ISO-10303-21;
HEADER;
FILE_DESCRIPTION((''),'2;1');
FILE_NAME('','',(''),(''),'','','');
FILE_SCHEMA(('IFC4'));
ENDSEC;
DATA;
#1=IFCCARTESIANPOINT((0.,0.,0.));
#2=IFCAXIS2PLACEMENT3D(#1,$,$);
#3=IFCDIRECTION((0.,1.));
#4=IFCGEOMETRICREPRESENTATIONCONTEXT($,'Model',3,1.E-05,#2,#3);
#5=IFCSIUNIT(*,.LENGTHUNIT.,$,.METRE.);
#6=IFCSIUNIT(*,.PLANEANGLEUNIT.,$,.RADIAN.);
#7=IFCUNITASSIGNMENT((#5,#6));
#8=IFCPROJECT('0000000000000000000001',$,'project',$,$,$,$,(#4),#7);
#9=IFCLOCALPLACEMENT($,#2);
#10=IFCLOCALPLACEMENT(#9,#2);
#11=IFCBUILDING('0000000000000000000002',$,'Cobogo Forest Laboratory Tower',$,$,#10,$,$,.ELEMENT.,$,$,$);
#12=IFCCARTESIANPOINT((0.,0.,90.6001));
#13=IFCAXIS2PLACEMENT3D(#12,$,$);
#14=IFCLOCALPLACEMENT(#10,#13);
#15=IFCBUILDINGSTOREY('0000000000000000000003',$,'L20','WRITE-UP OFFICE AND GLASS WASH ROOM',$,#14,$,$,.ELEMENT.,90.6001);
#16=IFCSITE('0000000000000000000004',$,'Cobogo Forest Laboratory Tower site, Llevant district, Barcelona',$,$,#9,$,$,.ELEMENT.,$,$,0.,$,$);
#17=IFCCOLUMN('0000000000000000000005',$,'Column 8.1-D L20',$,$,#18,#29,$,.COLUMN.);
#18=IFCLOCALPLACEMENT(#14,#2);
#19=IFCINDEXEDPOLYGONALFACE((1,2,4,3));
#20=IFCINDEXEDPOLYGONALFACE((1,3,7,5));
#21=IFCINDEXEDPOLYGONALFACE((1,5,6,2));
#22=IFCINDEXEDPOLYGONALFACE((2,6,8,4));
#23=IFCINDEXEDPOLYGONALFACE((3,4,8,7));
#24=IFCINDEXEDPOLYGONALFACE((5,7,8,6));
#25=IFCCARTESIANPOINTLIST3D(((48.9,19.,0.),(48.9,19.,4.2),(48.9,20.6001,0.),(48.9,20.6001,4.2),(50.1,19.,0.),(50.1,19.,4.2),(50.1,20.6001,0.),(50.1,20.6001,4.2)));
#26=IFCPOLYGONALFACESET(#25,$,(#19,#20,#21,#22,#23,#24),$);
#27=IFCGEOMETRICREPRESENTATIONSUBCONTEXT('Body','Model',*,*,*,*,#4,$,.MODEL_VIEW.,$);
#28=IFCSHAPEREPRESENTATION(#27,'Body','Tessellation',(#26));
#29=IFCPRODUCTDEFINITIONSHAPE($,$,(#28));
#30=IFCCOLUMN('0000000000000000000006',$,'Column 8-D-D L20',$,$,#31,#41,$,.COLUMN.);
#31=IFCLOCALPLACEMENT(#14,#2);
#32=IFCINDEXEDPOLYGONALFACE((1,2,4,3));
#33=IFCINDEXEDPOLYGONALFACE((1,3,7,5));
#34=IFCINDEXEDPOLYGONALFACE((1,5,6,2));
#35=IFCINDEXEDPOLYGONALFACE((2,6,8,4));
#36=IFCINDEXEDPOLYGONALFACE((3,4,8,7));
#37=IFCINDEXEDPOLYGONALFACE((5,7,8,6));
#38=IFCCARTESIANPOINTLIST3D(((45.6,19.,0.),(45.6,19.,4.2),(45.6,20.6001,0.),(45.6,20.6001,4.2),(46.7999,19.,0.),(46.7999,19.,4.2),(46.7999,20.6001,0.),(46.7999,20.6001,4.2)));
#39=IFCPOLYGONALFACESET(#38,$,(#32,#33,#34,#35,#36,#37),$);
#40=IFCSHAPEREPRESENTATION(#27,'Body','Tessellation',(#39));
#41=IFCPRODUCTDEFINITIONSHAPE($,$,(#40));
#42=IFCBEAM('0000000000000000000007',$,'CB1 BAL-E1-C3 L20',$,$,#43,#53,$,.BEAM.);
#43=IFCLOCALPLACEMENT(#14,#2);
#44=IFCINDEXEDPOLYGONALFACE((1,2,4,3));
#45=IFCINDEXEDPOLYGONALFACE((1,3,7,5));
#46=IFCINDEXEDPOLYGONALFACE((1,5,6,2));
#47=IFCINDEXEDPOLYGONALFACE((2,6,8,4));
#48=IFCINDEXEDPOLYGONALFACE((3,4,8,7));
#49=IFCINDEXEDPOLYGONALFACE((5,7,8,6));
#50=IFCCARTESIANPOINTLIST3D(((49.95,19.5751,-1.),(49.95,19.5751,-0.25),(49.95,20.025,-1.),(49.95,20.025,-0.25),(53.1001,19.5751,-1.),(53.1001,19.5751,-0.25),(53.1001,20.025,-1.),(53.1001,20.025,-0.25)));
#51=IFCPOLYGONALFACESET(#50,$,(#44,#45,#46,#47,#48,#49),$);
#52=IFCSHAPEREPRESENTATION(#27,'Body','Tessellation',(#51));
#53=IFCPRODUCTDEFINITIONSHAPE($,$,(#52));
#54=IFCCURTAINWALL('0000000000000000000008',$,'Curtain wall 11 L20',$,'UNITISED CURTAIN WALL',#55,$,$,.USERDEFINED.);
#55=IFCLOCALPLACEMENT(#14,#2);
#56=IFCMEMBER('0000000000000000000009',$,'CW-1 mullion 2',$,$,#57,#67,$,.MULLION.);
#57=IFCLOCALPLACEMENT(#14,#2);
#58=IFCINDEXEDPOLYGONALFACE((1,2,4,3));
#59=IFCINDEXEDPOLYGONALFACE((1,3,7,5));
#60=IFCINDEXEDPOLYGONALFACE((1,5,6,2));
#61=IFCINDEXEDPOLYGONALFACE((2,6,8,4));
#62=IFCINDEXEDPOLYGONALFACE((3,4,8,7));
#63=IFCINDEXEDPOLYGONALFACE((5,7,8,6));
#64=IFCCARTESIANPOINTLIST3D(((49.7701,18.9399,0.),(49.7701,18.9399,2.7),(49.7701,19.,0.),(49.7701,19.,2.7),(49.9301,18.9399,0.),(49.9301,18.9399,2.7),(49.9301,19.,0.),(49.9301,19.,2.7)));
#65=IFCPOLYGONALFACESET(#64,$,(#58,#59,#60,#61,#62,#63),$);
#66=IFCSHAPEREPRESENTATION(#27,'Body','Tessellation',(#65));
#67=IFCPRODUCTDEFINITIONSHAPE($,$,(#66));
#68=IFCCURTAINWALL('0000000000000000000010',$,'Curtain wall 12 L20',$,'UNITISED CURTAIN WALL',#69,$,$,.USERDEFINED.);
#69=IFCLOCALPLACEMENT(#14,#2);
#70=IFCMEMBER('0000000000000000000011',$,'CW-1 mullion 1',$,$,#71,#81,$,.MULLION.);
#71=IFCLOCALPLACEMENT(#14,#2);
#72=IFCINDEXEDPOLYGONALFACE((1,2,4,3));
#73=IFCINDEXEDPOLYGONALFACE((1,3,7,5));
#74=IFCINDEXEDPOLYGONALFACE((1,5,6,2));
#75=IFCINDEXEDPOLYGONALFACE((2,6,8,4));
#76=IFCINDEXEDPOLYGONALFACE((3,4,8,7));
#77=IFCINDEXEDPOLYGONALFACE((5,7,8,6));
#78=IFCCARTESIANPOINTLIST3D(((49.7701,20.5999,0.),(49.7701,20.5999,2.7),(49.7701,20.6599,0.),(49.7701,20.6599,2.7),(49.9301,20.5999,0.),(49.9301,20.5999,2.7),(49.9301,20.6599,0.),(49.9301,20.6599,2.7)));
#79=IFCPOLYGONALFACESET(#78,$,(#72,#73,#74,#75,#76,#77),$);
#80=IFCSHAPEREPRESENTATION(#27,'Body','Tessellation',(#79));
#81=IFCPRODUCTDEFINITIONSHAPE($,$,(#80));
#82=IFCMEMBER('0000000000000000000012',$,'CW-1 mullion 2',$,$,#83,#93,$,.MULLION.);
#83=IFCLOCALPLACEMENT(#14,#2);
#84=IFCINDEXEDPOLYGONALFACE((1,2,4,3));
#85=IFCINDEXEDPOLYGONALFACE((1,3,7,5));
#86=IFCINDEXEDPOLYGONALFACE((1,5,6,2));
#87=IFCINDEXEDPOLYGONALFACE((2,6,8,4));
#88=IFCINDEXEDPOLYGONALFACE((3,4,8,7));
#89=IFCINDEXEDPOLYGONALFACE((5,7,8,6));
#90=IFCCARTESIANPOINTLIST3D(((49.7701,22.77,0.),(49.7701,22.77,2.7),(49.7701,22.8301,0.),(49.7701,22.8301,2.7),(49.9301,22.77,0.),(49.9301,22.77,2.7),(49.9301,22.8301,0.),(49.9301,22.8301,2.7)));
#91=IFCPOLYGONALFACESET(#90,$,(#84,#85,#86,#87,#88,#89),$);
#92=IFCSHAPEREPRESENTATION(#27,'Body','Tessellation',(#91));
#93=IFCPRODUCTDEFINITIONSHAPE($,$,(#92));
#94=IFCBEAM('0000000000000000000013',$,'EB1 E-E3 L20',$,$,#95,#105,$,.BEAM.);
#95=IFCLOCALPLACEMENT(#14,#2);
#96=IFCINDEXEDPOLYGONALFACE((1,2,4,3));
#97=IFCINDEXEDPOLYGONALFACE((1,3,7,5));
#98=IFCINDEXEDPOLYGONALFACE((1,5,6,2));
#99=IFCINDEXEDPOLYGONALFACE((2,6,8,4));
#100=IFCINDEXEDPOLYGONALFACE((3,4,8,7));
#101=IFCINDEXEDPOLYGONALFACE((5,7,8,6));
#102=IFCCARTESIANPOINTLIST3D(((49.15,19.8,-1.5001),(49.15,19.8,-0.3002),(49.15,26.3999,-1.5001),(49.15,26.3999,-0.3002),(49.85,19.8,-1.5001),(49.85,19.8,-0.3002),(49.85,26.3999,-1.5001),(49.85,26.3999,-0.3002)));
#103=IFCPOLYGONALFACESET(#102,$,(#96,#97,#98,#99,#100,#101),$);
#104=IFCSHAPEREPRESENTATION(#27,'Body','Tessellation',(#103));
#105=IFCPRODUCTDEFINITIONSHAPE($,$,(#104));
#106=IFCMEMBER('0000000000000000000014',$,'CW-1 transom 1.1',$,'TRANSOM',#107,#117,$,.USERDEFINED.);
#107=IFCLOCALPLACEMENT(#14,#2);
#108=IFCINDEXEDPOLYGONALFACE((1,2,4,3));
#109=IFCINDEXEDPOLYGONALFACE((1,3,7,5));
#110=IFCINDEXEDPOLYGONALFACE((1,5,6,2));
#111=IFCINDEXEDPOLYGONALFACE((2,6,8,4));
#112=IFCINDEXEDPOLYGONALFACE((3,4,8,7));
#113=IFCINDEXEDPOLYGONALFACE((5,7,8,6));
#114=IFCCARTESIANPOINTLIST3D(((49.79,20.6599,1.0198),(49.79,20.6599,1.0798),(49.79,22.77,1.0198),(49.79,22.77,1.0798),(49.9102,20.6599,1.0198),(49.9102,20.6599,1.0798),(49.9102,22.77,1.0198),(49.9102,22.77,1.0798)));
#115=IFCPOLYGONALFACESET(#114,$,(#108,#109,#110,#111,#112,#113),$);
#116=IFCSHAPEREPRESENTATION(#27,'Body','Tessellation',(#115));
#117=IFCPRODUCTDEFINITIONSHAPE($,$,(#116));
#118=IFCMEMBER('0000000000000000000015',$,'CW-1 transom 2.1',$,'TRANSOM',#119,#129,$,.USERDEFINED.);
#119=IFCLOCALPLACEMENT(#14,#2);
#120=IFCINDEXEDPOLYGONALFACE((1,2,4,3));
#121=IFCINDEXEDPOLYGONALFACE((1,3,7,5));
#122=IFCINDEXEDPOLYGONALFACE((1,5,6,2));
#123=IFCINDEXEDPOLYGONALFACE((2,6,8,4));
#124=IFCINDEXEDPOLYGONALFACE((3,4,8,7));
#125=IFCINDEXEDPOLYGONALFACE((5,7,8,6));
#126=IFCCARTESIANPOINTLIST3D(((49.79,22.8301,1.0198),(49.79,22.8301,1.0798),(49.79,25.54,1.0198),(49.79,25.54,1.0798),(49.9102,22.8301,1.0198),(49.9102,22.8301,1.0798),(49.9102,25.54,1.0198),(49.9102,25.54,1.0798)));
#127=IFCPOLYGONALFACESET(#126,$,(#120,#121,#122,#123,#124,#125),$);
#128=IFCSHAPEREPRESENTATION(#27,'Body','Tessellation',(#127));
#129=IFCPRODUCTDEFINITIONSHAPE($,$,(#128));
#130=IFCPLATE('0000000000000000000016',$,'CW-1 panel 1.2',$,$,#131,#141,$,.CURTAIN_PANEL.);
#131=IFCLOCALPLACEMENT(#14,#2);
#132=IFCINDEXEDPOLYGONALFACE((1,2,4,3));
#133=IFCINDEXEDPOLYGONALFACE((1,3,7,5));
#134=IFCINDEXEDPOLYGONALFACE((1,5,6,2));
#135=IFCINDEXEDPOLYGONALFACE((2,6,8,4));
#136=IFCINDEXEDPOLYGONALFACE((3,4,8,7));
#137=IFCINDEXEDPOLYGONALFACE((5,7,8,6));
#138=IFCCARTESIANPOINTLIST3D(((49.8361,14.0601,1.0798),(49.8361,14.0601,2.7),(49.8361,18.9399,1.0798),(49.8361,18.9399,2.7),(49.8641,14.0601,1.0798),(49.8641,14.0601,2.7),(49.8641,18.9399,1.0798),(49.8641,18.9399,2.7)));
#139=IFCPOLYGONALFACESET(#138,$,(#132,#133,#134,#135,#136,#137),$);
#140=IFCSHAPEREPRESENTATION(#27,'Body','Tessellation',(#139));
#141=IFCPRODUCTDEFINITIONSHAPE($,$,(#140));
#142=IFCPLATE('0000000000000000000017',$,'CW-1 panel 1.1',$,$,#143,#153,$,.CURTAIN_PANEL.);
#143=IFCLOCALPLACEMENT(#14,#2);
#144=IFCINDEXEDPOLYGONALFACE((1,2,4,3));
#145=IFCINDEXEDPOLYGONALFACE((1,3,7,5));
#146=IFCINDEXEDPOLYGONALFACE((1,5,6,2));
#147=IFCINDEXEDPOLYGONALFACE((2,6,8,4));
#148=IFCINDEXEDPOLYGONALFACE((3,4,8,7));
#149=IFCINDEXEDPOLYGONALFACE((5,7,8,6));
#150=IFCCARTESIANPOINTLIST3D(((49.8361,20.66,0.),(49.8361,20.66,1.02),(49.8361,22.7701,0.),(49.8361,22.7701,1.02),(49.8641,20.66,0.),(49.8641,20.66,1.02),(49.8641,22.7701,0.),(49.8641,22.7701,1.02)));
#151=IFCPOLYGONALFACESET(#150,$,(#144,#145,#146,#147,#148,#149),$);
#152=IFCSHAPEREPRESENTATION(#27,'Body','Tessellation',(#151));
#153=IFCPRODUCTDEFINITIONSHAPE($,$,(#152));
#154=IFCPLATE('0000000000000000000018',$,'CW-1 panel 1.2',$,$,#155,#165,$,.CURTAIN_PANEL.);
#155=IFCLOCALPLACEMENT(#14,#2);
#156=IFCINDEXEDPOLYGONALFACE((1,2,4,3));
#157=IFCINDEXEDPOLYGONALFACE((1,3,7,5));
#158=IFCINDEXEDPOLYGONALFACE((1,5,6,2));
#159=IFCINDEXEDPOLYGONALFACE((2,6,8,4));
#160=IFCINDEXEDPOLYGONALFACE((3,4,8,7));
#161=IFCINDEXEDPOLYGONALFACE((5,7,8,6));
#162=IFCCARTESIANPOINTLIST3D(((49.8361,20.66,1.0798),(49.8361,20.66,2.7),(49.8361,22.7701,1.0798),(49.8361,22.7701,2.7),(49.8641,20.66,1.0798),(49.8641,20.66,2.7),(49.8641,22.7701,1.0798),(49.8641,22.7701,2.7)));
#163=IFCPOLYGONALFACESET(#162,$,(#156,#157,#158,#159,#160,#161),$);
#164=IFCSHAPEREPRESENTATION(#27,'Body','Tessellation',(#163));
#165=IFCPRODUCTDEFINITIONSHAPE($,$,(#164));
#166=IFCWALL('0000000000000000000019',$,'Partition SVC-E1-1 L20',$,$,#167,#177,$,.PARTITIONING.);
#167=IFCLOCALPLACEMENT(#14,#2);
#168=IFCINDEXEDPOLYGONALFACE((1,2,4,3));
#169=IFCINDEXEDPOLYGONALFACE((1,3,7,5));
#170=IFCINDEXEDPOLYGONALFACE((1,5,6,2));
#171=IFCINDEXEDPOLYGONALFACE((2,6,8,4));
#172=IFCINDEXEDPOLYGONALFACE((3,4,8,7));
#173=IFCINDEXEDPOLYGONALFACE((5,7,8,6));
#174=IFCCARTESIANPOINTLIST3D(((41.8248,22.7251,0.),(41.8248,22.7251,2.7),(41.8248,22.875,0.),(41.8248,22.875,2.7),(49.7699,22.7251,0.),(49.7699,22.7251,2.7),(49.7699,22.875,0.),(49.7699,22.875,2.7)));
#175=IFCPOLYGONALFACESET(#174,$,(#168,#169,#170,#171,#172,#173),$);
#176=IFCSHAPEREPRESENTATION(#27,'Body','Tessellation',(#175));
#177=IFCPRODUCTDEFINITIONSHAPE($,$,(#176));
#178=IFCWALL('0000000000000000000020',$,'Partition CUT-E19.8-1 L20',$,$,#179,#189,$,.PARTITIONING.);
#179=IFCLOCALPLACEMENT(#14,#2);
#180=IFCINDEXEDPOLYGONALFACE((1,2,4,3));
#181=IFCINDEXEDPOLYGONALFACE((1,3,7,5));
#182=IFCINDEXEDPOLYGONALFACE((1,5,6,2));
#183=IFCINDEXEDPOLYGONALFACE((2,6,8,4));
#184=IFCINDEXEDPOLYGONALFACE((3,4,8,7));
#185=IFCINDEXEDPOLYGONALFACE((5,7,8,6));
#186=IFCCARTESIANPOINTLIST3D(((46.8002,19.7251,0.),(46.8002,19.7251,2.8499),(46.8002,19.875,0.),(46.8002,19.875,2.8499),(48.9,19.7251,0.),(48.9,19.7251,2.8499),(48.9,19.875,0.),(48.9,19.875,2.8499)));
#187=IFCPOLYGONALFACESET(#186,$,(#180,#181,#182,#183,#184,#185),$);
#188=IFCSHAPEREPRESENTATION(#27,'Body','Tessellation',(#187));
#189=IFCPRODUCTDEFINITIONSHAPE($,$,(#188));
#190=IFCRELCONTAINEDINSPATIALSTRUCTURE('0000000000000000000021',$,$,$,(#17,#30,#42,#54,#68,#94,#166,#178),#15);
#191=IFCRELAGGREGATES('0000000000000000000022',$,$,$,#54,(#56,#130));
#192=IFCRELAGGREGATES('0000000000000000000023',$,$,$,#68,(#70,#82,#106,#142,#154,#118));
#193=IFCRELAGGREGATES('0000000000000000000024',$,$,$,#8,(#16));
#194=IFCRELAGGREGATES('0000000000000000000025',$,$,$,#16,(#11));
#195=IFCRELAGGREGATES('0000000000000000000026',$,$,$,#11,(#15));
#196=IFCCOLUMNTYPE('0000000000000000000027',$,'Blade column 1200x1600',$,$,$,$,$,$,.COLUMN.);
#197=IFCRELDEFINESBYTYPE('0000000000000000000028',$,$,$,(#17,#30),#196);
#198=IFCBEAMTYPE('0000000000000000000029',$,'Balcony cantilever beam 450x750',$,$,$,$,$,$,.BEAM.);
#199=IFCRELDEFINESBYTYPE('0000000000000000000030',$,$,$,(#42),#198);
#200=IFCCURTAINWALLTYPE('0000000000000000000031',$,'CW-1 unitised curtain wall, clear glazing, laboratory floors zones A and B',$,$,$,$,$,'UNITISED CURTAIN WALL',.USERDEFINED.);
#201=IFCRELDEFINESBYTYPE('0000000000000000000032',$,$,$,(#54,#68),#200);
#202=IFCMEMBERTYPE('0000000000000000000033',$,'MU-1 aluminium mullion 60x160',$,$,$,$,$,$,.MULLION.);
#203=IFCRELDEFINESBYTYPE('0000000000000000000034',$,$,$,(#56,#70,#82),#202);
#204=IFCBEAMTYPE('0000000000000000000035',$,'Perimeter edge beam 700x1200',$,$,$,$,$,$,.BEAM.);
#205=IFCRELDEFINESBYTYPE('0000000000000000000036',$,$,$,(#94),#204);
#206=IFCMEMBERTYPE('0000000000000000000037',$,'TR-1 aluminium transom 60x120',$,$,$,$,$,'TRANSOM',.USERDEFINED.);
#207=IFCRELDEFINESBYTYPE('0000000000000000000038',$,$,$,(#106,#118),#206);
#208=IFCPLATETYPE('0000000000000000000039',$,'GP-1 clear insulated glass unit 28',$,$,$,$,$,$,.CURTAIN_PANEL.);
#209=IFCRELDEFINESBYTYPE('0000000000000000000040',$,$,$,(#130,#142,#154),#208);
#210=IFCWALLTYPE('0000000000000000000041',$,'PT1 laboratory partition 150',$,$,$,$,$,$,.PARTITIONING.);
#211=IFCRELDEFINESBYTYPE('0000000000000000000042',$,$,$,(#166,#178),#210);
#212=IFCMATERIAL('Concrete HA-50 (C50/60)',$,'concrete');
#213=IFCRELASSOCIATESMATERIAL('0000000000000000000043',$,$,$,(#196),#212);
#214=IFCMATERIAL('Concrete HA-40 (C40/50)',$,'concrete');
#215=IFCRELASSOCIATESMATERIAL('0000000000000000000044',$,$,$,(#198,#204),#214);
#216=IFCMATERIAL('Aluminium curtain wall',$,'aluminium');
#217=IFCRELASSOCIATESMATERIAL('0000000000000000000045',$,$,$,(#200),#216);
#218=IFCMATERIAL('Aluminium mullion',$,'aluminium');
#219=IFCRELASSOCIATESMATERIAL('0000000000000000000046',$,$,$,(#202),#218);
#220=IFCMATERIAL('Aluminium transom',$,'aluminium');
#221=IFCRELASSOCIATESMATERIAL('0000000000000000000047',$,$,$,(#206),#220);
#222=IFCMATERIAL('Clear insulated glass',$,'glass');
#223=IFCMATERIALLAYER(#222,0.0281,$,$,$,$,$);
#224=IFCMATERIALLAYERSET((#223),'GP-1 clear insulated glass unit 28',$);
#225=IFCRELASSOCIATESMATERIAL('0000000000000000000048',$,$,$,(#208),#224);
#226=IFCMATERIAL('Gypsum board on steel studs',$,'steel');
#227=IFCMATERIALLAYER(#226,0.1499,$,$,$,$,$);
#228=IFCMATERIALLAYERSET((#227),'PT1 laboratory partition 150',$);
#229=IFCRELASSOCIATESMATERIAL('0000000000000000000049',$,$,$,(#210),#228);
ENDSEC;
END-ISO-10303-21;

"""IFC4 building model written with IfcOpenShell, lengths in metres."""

from ifc_helpers import new_model, si_unit, direction, frame, frame_2d, origin, origin_2d, place, context, subcontext, project, spatial, rectangle, extrude, material, layer, layer_set, material_profile, profile_set, type_object, element, aggregate, save


model = new_model("IFC4")

# Units and contexts
model_context = context("Model", 3, precision=1e-05, world=origin(), true_north=direction((0.0, 1.0)))
body_context = subcontext(model_context, "Body", "Model", "MODEL_VIEW")
ifc_project = project(units=[si_unit("LENGTHUNIT", "METRE"), si_unit("PLANEANGLEUNIT", "RADIAN")], contexts=[model_context])

# Site, building, storey
site_placement = place(None, origin())
site = spatial("IfcSite", under=ifc_project, at=site_placement, Name="Cobogo Forest Laboratory Tower site, Llevant district, Barcelona", CompositionType="ELEMENT", RefElevation=0.0)
building_placement = place(site_placement, origin())
building = spatial("IfcBuilding", under=site, at=building_placement, Name="Cobogo Forest Laboratory Tower", CompositionType="ELEMENT")
storey_placement = place(building_placement, frame((0.0, 0.0, 90.6001)))
storey = spatial("IfcBuildingStorey", under=building, at=storey_placement, Name="L20", Description="WRITE-UP OFFICE AND GLASS WASH ROOM", CompositionType="ELEMENT", Elevation=90.6001)

# Columns
ifc_material_1 = material(Name="Concrete HA-50 (C50/60)", Category="concrete")
ifc_material_profile_1 = material_profile(ifc_material_1, rectangle(XDim=1.6001, YDim=1.2, at=origin_2d()), Name="RC 1200x1600")
ifc_profile_set_1 = profile_set([ifc_material_profile_1], Name="Concrete HA-50 (C50/60)")
column_type = type_object("IfcColumnType", Name="Blade column 1200x1600", PredefinedType="COLUMN", material=ifc_profile_set_1)
for number, where, z_axis, x_axis, name in (
    (1, (49.5, 19.8, 0.0), (0.0, 0.0, 1.0), (0.0, 1.0, 0.0), "Column 8.1-D L20"),
    (2, (46.2, 19.8, 0.0), (0.0, 0.0, 1.0), (0.0, 1.0, 0.0), "Column 8-D-D L20"),
):
    element("IfcColumn", number, at=place(storey_placement, frame(where, z_axis=z_axis, x_axis=x_axis)), inside=storey, type_object=column_type, Name=name, PredefinedType="COLUMN", context=body_context, shape_type="SweptSolid", body=[
        extrude(rectangle(XDim=1.6001, YDim=1.2, at=origin_2d()), origin(), (0.0, 0.0, 1.0), 4.2),
    ])

# Beam
ifc_material_2 = material(Name="Concrete HA-40 (C40/50)", Category="concrete")
ifc_material_profile_2 = material_profile(ifc_material_2, rectangle(XDim=0.45, YDim=0.75, at=origin_2d()), Name="RC 450x750")
ifc_profile_set_2 = profile_set([ifc_material_profile_2], Name="Concrete HA-40 (C40/50)")
beam_type_1 = type_object("IfcBeamType", Name="Balcony cantilever beam 450x750", PredefinedType="BEAM", material=ifc_profile_set_2)
beam_1_placement = place(storey_placement, frame((49.95, 19.8, -0.625), z_axis=(1.0, 0.0, 0.0), x_axis=(0.0, 1.0, 0.0)))
element("IfcBeam", 3, at=beam_1_placement, inside=storey, type_object=beam_type_1, Name="CB1 BAL-E1-C3 L20", PredefinedType="BEAM", context=body_context, shape_type="SweptSolid", body=[
    extrude(rectangle(XDim=0.45, YDim=0.75, at=origin_2d()), origin(), (0.0, 0.0, 1.0), 3.1501),
])

# Curtain wall, member
ifc_material_3 = material(Name="Aluminium curtain wall", Category="aluminium")
curtain_wall_type = type_object("IfcCurtainWallType", Name="CW-1 unitised curtain wall, clear glazing, laboratory floors zones A and B", ElementType="UNITISED CURTAIN WALL", PredefinedType="USERDEFINED", material=ifc_material_3)
curtain_wall_1_placement = place(storey_placement, origin())
curtain_wall_1 = element("IfcCurtainWall", 4, at=curtain_wall_1_placement, inside=storey, type_object=curtain_wall_type, Name="Curtain wall 11 L20", ObjectType="UNITISED CURTAIN WALL", PredefinedType="USERDEFINED")
ifc_material_4 = material(Name="Aluminium mullion", Category="aluminium")
ifc_material_profile_3 = material_profile(ifc_material_4, rectangle(XDim=0.0601, YDim=0.1599, at=origin_2d()), Name="AL 60x160")
ifc_profile_set_3 = profile_set([ifc_material_profile_3], Name="Aluminium mullion")
member_type_1 = type_object("IfcMemberType", Name="MU-1 aluminium mullion 60x160", PredefinedType="MULLION", material=ifc_profile_set_3)
member_1_placement = place(storey_placement, frame((49.8501, 18.97, 0.0), z_axis=(0.0, 0.0, 1.0), x_axis=(0.0, 1.0, 0.0)))
member_1 = element("IfcMember", 5, at=member_1_placement, type_object=member_type_1, Name="CW-1 mullion 2", PredefinedType="MULLION", context=body_context, shape_type="SweptSolid", body=[
    extrude(rectangle(XDim=0.0601, YDim=0.1599, at=origin_2d()), origin(), (0.0, 0.0, 1.0), 2.7),
])

# Curtain wall, members
curtain_wall_2_placement = place(storey_placement, origin())
curtain_wall_2 = element("IfcCurtainWall", 6, at=curtain_wall_2_placement, inside=storey, type_object=curtain_wall_type, Name="Curtain wall 12 L20", ObjectType="UNITISED CURTAIN WALL", PredefinedType="USERDEFINED")
member_2_placement = place(storey_placement, frame((49.8501, 20.6299, 0.0), z_axis=(0.0, 0.0, 1.0), x_axis=(0.0, 1.0, 0.0)))
member_2 = element("IfcMember", 7, at=member_2_placement, type_object=member_type_1, Name="CW-1 mullion 1", PredefinedType="MULLION", context=body_context, shape_type="SweptSolid", body=[
    extrude(rectangle(XDim=0.0601, YDim=0.1599, at=origin_2d()), origin(), (0.0, 0.0, 1.0), 2.7),
])
member_3_placement = place(storey_placement, frame((49.8501, 22.8, 0.0), z_axis=(0.0, 0.0, 1.0), x_axis=(0.0, 1.0, 0.0)))
member_3 = element("IfcMember", 8, at=member_3_placement, type_object=member_type_1, Name="CW-1 mullion 2", PredefinedType="MULLION", context=body_context, shape_type="SweptSolid", body=[
    extrude(rectangle(XDim=0.0601, YDim=0.1599, at=origin_2d()), origin(), (0.0, 0.0, 1.0), 2.7),
])

# Beam
ifc_material_profile_4 = material_profile(ifc_material_2, rectangle(XDim=0.7, YDim=1.2, at=origin_2d()), Name="RC 700x1200")
ifc_profile_set_4 = profile_set([ifc_material_profile_4], Name="Concrete HA-40 (C40/50)")
beam_type_2 = type_object("IfcBeamType", Name="Perimeter edge beam 700x1200", PredefinedType="BEAM", material=ifc_profile_set_4)
beam_2_placement = place(storey_placement, frame((49.5, 19.8, -0.9001), z_axis=(0.0, 1.0, 0.0), x_axis=(-1.0, 0.0, 0.0)))
element("IfcBeam", 9, at=beam_2_placement, inside=storey, type_object=beam_type_2, Name="EB1 E-E3 L20", PredefinedType="BEAM", context=body_context, shape_type="SweptSolid", body=[
    extrude(rectangle(XDim=0.7, YDim=1.2, at=origin_2d()), origin(), (0.0, 0.0, 1.0), 6.5999),
])

# Members
ifc_material_5 = material(Name="Aluminium transom", Category="aluminium")
ifc_material_profile_5 = material_profile(ifc_material_5, rectangle(XDim=0.1201, YDim=0.0601, at=origin_2d()), Name="AL 60x120")
ifc_profile_set_5 = profile_set([ifc_material_profile_5], Name="Aluminium transom")
member_type_2 = type_object("IfcMemberType", Name="TR-1 aluminium transom 60x120", ElementType="TRANSOM", PredefinedType="USERDEFINED", material=ifc_profile_set_5)
member_4_placement = place(storey_placement, frame((49.8501, 20.6599, 1.0498), z_axis=(0.0, 1.0, 0.0), x_axis=(-1.0, 0.0, 0.0)))
member_4 = element("IfcMember", 10, at=member_4_placement, type_object=member_type_2, Name="CW-1 transom 1.1", ObjectType="TRANSOM", PredefinedType="USERDEFINED", context=body_context, shape_type="SweptSolid", body=[
    extrude(rectangle(XDim=0.1201, YDim=0.0601, at=origin_2d()), origin(), (0.0, 0.0, 1.0), 2.1101),
])
member_5_placement = place(storey_placement, frame((49.8501, 22.8301, 1.0498), z_axis=(0.0, 1.0, 0.0), x_axis=(-1.0, 0.0, 0.0)))
member_5 = element("IfcMember", 11, at=member_5_placement, type_object=member_type_2, Name="CW-1 transom 2.1", ObjectType="TRANSOM", PredefinedType="USERDEFINED", context=body_context, shape_type="SweptSolid", body=[
    extrude(rectangle(XDim=0.1201, YDim=0.0601, at=origin_2d()), origin(), (0.0, 0.0, 1.0), 2.71),
])

# Plates
ifc_material_6 = material(Name="Clear insulated glass", Category="glass")
ifc_layer_1 = layer(ifc_material_6, 0.0281)
ifc_layer_set_1 = layer_set([ifc_layer_1], Name="GP-1 clear insulated glass unit 28")
plate_type_1 = type_object("IfcPlateType", Name="GP-1 clear insulated glass unit 28", PredefinedType="CURTAIN_PANEL", material=ifc_layer_set_1)
plate_1_placement = place(storey_placement, frame((49.8501, 16.5, 1.0798), z_axis=(0.0, 0.0, 1.0), x_axis=(0.0, 1.0, 0.0)))
plate_1 = element("IfcPlate", 12, at=plate_1_placement, type_object=plate_type_1, Name="CW-1 panel 1.2", PredefinedType="CURTAIN_PANEL", context=body_context, shape_type="SweptSolid", body=[
    extrude(rectangle(XDim=4.8799, YDim=0.0281, at=origin_2d()), origin(), (0.0, 0.0, 1.0), 1.6201),
])
aggregate(curtain_wall_1, [member_1, plate_1])
plate_2_placement = place(storey_placement, frame((49.8501, 21.7151, 0.0), z_axis=(0.0, 0.0, 1.0), x_axis=(0.0, 1.0, 0.0)))
plate_2 = element("IfcPlate", 13, at=plate_2_placement, type_object=plate_type_1, Name="CW-1 panel 1.1", PredefinedType="CURTAIN_PANEL", context=body_context, shape_type="SweptSolid", body=[
    extrude(rectangle(XDim=2.1101, YDim=0.0281, at=origin_2d()), origin(), (0.0, 0.0, 1.0), 1.02),
])
plate_3_placement = place(storey_placement, frame((49.8501, 21.7151, 1.0798), z_axis=(0.0, 0.0, 1.0), x_axis=(0.0, 1.0, 0.0)))
plate_3 = element("IfcPlate", 14, at=plate_3_placement, type_object=plate_type_1, Name="CW-1 panel 1.2", PredefinedType="CURTAIN_PANEL", context=body_context, shape_type="SweptSolid", body=[
    extrude(rectangle(XDim=2.1101, YDim=0.0281, at=origin_2d()), origin(), (0.0, 0.0, 1.0), 1.6201),
])
aggregate(curtain_wall_2, [member_2, member_3, member_4, plate_2, plate_3, member_5])

# Walls
ifc_material_7 = material(Name="Gypsum board on steel studs", Category="steel")
ifc_layer_2 = layer(ifc_material_7, 0.1499)
ifc_layer_set_2 = layer_set([ifc_layer_2], Name="PT1 laboratory partition 150")
wall_type = type_object("IfcWallType", Name="PT1 laboratory partition 150", PredefinedType="PARTITIONING", material=ifc_layer_set_2)
wall_1_placement = place(storey_placement, frame((49.77, 22.8, 0.0), z_axis=(0.0, 0.0, 1.0), x_axis=(-1.0, 0.0, 0.0)))
element("IfcWall", 15, at=wall_1_placement, inside=storey, type_object=wall_type, Name="Partition SVC-E1-1 L20", PredefinedType="PARTITIONING", context=body_context, shape_type="SweptSolid", body=[
    extrude(rectangle(XDim=7.9451, YDim=0.1499, at=frame_2d((3.9727, 0.0))), origin(), (0.0, 0.0, 1.0), 2.7),
])
wall_2_placement = place(storey_placement, frame((48.8999, 19.8, 0.0), z_axis=(0.0, 0.0, 1.0), x_axis=(-1.0, 0.0, 0.0)))
element("IfcWall", 16, at=wall_2_placement, inside=storey, type_object=wall_type, Name="Partition CUT-E19.8-1 L20", PredefinedType="PARTITIONING", context=body_context, shape_type="SweptSolid", body=[
    extrude(rectangle(XDim=2.0999, YDim=0.1499, at=frame_2d((1.0498, 0.0))), origin(), (0.0, 0.0, 1.0), 2.8499),
])

save(model, "model.ifc")
